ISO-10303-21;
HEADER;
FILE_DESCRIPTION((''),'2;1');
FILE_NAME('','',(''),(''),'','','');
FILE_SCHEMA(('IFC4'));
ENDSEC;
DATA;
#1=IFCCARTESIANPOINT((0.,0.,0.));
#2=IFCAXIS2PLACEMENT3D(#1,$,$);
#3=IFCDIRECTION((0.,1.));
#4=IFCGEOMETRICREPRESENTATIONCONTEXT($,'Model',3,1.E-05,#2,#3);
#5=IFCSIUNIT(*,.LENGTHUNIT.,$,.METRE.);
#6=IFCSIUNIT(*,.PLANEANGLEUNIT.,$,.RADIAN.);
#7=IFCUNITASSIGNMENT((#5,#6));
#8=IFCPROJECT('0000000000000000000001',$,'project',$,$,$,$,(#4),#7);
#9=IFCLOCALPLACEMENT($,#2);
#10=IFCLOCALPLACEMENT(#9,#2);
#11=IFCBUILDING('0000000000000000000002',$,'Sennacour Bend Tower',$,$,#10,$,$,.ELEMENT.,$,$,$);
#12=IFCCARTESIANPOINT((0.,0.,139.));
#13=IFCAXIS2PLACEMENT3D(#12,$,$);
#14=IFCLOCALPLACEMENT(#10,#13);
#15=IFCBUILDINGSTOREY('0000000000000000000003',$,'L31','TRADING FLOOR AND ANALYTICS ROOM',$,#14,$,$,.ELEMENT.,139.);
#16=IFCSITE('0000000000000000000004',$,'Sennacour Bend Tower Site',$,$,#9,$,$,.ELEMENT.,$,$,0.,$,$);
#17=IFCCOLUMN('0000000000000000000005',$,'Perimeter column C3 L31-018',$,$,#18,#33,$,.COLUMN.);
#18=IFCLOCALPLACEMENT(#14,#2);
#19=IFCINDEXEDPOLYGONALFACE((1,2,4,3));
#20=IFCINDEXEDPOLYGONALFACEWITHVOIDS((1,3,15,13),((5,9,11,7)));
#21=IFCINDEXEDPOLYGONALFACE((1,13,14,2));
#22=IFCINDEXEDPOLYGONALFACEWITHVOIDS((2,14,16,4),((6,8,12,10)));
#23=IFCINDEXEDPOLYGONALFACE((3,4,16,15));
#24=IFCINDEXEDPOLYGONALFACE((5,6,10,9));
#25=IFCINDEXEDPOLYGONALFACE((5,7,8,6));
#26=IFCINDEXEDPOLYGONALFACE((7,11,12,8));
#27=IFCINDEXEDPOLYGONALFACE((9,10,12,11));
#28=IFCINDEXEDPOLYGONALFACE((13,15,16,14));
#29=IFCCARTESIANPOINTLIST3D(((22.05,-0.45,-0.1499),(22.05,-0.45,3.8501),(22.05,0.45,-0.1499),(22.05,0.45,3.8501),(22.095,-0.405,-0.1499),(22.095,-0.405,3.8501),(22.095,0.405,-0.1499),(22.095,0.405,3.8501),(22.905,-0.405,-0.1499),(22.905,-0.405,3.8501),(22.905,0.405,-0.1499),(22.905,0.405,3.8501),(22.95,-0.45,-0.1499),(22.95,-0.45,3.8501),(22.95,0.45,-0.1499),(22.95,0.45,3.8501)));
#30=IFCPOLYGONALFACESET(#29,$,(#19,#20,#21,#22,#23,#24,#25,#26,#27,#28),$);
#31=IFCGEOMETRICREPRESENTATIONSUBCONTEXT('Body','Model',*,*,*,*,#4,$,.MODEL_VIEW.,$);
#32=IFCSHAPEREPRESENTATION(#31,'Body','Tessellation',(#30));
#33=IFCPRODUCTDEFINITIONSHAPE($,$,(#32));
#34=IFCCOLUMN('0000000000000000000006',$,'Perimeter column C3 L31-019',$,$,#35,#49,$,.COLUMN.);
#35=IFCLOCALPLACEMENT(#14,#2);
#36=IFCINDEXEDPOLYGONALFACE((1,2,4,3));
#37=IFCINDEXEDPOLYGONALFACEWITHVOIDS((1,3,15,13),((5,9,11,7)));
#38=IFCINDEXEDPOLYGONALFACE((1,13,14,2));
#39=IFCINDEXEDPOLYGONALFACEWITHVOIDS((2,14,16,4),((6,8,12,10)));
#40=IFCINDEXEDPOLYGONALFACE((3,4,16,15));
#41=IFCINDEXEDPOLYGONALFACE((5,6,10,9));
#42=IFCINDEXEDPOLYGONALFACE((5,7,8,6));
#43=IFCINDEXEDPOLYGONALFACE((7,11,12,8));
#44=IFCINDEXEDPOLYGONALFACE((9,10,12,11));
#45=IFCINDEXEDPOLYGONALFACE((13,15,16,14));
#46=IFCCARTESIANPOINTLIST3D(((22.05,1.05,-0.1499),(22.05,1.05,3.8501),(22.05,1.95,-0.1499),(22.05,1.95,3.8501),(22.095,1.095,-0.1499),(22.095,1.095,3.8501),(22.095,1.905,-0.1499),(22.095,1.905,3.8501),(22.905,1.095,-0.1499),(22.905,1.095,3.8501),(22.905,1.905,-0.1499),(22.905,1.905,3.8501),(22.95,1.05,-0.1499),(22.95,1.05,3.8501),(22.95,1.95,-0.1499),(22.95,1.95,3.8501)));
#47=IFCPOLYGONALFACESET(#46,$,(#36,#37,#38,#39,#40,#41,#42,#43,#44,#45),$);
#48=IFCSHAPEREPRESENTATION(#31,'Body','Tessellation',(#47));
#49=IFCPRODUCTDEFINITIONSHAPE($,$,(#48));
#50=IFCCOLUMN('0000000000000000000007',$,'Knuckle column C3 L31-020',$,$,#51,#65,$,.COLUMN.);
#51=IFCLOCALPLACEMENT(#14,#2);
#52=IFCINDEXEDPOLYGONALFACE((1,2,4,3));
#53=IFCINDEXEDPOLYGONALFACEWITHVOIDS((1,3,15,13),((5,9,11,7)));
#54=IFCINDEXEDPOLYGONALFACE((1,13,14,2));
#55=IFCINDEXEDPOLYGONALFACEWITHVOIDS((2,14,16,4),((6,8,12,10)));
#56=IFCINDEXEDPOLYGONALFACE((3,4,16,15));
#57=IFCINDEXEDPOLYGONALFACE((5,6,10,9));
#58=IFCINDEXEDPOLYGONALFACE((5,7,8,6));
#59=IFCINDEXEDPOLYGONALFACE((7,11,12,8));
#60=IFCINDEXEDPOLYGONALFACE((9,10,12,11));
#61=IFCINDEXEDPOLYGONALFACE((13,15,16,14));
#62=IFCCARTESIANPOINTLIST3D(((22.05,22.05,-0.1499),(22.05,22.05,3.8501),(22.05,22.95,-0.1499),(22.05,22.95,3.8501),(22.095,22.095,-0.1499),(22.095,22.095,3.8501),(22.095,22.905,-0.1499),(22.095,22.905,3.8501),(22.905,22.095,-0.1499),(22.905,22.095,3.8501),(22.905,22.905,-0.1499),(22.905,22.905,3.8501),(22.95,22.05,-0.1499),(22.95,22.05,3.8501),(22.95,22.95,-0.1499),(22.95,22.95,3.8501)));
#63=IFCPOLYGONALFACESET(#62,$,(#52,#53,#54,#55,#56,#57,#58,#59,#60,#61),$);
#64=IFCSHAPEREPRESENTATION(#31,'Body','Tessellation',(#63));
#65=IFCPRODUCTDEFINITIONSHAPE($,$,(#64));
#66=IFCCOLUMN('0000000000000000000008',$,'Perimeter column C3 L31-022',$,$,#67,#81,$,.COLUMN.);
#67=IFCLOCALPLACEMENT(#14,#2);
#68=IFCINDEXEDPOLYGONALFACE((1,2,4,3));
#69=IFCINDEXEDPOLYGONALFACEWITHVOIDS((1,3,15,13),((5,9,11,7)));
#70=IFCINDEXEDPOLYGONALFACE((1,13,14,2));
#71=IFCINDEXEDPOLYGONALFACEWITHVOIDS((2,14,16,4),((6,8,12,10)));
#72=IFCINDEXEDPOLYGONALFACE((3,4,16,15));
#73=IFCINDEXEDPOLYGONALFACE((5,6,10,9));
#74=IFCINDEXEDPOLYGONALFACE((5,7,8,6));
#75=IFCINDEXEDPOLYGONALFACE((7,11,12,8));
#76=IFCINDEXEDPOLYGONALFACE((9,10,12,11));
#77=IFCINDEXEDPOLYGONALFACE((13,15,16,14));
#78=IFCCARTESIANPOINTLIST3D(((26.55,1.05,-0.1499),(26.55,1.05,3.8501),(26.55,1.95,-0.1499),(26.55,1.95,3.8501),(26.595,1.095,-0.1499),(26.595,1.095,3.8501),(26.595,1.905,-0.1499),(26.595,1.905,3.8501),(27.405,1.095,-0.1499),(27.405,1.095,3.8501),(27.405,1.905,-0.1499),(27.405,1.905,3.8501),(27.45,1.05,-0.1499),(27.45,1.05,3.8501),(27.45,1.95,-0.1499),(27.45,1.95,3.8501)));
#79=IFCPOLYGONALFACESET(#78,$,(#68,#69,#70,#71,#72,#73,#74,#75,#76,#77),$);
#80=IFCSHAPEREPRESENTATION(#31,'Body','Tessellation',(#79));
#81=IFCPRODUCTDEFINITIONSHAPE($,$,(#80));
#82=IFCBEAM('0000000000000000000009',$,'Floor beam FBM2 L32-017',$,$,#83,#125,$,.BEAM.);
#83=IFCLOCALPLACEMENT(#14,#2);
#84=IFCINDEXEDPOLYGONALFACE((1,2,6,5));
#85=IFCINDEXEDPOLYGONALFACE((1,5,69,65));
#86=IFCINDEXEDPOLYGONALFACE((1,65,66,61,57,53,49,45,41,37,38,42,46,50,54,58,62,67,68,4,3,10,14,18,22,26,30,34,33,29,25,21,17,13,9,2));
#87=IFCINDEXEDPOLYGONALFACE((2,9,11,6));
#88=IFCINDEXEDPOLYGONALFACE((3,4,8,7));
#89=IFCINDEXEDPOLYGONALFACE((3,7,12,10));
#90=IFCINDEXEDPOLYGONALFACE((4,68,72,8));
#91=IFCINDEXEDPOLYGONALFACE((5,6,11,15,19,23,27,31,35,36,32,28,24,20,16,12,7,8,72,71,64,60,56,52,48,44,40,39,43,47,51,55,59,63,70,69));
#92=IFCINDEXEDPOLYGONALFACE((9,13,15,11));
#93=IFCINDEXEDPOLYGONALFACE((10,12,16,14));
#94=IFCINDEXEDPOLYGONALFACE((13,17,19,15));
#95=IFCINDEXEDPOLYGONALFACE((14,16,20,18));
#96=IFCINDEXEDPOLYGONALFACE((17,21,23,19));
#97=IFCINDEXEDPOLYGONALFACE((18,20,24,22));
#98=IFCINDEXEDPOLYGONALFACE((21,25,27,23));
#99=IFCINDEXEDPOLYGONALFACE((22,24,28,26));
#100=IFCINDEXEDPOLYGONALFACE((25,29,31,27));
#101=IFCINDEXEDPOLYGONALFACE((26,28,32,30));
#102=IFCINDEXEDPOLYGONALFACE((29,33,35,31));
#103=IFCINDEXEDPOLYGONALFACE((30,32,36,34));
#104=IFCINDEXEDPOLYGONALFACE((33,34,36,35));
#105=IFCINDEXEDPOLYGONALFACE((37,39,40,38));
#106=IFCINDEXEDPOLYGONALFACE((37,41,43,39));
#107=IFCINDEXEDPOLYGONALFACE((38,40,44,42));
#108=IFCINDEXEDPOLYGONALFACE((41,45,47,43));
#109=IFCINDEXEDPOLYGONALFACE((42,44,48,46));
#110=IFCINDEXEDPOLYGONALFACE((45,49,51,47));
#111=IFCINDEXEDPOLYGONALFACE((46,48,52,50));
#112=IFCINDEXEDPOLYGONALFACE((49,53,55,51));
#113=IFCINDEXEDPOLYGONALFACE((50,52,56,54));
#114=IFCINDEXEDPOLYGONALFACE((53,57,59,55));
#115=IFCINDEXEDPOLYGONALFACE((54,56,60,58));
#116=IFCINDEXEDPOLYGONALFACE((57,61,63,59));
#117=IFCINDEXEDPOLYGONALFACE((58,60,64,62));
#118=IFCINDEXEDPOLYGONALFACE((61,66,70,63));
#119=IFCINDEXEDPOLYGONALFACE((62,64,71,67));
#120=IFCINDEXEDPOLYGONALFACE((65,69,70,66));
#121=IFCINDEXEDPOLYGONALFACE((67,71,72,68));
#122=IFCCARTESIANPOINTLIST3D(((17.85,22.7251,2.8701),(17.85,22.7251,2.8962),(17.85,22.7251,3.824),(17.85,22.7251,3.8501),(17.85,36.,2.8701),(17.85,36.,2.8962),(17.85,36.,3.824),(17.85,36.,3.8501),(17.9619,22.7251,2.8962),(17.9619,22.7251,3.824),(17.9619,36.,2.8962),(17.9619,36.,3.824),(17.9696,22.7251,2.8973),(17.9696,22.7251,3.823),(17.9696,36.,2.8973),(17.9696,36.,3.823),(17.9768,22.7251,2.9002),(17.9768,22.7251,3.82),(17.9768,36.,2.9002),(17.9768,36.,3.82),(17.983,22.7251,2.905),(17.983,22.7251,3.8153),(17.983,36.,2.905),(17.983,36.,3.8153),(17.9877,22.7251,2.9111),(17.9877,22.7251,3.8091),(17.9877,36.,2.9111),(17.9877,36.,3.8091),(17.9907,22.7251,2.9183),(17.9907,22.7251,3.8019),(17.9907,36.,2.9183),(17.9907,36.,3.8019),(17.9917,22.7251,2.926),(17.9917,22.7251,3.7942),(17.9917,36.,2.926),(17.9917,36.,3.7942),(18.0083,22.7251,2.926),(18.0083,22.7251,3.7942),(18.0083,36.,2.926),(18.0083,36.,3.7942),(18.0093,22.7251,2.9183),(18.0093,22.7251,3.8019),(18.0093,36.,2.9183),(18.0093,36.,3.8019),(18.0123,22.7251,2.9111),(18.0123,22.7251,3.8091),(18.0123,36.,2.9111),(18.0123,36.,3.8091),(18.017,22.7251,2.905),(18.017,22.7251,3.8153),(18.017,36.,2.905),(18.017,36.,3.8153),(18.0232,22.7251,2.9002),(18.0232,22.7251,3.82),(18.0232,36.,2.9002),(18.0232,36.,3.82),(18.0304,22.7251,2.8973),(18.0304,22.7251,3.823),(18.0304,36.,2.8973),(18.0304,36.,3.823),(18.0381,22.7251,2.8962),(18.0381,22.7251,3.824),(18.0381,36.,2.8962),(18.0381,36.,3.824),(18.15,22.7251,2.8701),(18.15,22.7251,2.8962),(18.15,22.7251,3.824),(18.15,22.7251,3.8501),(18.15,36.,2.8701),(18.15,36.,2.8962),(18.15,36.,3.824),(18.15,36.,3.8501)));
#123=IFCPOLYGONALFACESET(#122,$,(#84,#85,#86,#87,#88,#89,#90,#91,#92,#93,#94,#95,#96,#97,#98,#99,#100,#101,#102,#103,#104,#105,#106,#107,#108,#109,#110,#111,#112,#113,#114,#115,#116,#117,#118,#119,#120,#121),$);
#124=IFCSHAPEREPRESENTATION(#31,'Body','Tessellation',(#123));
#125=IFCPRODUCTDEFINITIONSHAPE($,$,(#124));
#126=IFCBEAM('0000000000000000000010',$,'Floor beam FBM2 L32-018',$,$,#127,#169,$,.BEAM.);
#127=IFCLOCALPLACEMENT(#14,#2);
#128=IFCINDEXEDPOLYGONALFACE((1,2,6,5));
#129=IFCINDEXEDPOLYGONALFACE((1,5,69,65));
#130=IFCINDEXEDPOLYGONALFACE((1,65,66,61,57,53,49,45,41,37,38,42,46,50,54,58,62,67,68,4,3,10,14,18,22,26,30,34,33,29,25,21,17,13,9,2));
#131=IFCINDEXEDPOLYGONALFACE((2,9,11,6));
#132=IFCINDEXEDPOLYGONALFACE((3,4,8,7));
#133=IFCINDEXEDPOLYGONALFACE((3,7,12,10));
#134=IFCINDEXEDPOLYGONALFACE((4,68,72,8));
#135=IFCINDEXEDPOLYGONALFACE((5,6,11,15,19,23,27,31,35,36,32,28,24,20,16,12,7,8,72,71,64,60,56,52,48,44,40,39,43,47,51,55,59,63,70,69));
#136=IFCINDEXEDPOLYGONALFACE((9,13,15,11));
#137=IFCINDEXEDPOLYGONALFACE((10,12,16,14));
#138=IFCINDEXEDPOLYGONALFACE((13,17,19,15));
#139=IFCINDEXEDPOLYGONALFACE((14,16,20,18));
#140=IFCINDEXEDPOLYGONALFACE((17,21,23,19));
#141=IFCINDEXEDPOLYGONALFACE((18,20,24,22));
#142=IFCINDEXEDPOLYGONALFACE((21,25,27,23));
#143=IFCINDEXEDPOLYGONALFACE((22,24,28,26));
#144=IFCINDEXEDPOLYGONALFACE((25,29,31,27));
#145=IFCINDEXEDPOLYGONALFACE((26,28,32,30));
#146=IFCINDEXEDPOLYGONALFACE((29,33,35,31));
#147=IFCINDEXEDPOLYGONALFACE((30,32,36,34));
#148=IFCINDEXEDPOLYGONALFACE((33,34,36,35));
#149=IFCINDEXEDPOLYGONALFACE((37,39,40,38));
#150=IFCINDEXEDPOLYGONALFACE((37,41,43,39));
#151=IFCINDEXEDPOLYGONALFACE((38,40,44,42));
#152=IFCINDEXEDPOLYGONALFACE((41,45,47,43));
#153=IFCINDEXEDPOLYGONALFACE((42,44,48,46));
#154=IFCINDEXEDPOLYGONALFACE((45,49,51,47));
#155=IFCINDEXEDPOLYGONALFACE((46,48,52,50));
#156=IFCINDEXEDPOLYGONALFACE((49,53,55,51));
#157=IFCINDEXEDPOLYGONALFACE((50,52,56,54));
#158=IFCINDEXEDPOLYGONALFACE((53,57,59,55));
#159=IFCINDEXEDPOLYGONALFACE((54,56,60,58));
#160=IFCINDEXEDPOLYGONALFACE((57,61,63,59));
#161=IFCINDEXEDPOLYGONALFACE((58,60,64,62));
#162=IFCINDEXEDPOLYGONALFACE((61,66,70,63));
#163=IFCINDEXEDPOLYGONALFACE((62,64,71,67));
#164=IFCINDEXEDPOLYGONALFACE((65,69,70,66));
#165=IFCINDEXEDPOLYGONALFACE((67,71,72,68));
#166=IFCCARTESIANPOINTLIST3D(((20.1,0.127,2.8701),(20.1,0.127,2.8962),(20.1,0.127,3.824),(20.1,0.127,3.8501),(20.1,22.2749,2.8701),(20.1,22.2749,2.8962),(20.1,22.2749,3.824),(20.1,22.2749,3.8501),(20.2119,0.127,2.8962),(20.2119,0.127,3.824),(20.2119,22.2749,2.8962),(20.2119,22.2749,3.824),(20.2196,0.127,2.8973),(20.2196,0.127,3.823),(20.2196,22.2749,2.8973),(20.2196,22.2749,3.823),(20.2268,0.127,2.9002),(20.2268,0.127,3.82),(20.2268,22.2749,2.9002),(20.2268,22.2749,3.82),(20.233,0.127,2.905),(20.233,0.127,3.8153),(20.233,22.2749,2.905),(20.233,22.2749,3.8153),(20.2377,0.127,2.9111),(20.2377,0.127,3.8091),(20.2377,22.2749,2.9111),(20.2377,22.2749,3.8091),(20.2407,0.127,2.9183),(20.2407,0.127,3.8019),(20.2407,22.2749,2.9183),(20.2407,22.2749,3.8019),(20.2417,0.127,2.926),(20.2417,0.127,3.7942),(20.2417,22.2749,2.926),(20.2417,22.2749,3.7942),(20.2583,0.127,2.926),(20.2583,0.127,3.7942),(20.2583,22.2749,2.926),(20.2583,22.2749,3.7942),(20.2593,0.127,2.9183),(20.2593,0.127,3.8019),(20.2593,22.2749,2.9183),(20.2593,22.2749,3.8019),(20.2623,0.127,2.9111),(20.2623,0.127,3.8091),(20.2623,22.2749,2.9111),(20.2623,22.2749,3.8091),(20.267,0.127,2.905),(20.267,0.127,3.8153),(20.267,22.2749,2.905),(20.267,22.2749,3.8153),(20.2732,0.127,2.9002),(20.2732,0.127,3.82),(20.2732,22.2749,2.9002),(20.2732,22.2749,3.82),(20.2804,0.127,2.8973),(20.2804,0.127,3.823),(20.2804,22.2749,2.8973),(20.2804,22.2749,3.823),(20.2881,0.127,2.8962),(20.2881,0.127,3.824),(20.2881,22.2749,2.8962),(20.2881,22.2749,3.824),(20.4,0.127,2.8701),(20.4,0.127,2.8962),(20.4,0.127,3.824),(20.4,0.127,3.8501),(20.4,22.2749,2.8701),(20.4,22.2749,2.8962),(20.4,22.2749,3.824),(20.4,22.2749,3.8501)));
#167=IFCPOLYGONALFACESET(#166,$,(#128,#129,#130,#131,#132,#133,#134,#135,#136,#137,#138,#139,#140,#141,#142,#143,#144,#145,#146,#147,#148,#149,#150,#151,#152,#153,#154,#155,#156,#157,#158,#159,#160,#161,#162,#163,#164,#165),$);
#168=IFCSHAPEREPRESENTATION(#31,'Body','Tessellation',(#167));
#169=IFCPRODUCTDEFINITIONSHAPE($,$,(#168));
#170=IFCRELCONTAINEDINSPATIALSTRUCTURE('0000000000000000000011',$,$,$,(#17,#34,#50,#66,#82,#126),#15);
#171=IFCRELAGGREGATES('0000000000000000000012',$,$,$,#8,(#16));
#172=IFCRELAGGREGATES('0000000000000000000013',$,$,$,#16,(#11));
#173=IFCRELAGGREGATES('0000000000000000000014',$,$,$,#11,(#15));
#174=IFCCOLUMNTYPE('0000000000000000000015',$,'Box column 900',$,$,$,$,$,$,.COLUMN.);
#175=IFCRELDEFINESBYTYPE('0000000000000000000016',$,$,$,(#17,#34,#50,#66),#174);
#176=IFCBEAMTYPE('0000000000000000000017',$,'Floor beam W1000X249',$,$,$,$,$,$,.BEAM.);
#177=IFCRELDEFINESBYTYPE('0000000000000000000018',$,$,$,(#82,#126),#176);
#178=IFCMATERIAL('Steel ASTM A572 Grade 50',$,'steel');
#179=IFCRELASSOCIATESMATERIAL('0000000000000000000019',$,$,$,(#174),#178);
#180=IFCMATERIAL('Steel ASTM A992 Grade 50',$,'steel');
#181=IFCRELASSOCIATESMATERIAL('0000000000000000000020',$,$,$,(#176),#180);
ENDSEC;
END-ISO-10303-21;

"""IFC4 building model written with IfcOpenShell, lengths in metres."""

from ifc_helpers import new_model, si_unit, direction, frame, origin, origin_2d, place, context, subcontext, project, spatial, hollow_rectangle, i_section, extrude, material, material_profile, profile_set, type_object, element, save


model = new_model("IFC4")

# Units and contexts
model_context = context("Model", 3, precision=1e-05, world=origin(), true_north=direction((0.0, 1.0)))
body_context = subcontext(model_context, "Body", "Model", "MODEL_VIEW")
ifc_project = project(units=[si_unit("LENGTHUNIT", "METRE"), si_unit("PLANEANGLEUNIT", "RADIAN")], contexts=[model_context])

# Site, building, storey
site_placement = place(None, origin())
site = spatial("IfcSite", under=ifc_project, at=site_placement, Name="Sennacour Bend Tower Site", CompositionType="ELEMENT", RefElevation=0.0)
building_placement = place(site_placement, origin())
building = spatial("IfcBuilding", under=site, at=building_placement, Name="Sennacour Bend Tower", CompositionType="ELEMENT")
storey_placement = place(building_placement, frame((0.0, 0.0, 139.0)))
storey = spatial("IfcBuildingStorey", under=building, at=storey_placement, Name="L31", Description="TRADING FLOOR AND ANALYTICS ROOM", CompositionType="ELEMENT", Elevation=139.0)

# Columns
ifc_material_1 = material(Name="Steel ASTM A572 Grade 50", Category="steel")
ifc_material_profile_1 = material_profile(ifc_material_1, hollow_rectangle(XDim=0.8999, YDim=0.8999, WallThickness=0.0449, at=origin_2d()), Name="Steel ASTM A572 Grade 50", Category="steel")
ifc_profile_set_1 = profile_set([ifc_material_profile_1], Name="Steel ASTM A572 Grade 50")
column_type = type_object("IfcColumnType", Name="Box column 900", PredefinedType="COLUMN", material=ifc_profile_set_1)
for number, where, z_axis, x_axis, name in (
    (1, (22.5, 0.0, -0.1499), (0.0, 0.0, 1.0), (1.0, 0.0, 0.0), "Perimeter column C3 L31-018"),
    (2, (22.5, 1.5, -0.1499), (0.0, 0.0, 1.0), (1.0, 0.0, 0.0), "Perimeter column C3 L31-019"),
    (3, (22.5, 22.5, -0.1499), (0.0, 0.0, 1.0), (1.0, 0.0, 0.0), "Knuckle column C3 L31-020"),
    (4, (27.0, 1.5, -0.1499), (0.0, 0.0, 1.0), (1.0, 0.0, 0.0), "Perimeter column C3 L31-022"),
):
    element("IfcColumn", number, at=place(storey_placement, frame(where, z_axis=z_axis, x_axis=x_axis)), inside=storey, type_object=column_type, Name=name, PredefinedType="COLUMN", context=body_context, shape_type="SweptSolid", body=[
        extrude(hollow_rectangle(XDim=0.8999, YDim=0.8999, WallThickness=0.0449, at=origin_2d()), origin(), (0.0, 0.0, 1.0), 4.0),
    ])

# Beams
ifc_material_2 = material(Name="Steel ASTM A992 Grade 50", Category="steel")
ifc_material_profile_2 = material_profile(ifc_material_2, i_section(OverallWidth=0.3, OverallDepth=0.98, WebThickness=0.0166, FlangeThickness=0.0261, FilletRadius=0.0298, at=origin_2d()), Name="Steel ASTM A992 Grade 50", Category="steel")
ifc_profile_set_2 = profile_set([ifc_material_profile_2], Name="Steel ASTM A992 Grade 50")
beam_type_1 = type_object("IfcBeamType", Name="Floor beam W1000X249", PredefinedType="BEAM", material=ifc_profile_set_2)
beam_1_placement = place(storey_placement, frame((18.0, 22.7251, 3.3601), z_axis=(0.0, 1.0, 0.0), x_axis=(-1.0, 0.0, 0.0)))
element("IfcBeam", 5, at=beam_1_placement, inside=storey, type_object=beam_type_1, Name="Floor beam FBM2 L32-017", PredefinedType="BEAM", context=body_context, shape_type="SweptSolid", body=[
    extrude(i_section(OverallWidth=0.3, OverallDepth=0.98, WebThickness=0.0166, FlangeThickness=0.0261, FilletRadius=0.0298, at=origin_2d()), origin(), (0.0, 0.0, 1.0), 13.2749),
])
beam_2_placement = place(storey_placement, frame((20.25, 0.127, 3.3601), z_axis=(0.0, 1.0, 0.0), x_axis=(-1.0, 0.0, 0.0)))
element("IfcBeam", 6, at=beam_2_placement, inside=storey, type_object=beam_type_1, Name="Floor beam FBM2 L32-018", PredefinedType="BEAM", context=body_context, shape_type="SweptSolid", body=[
    extrude(i_section(OverallWidth=0.3, OverallDepth=0.98, WebThickness=0.0166, FlangeThickness=0.0261, FilletRadius=0.0298, at=origin_2d()), origin(), (0.0, 0.0, 1.0), 22.1479),
])

save(model, "model.ifc")
